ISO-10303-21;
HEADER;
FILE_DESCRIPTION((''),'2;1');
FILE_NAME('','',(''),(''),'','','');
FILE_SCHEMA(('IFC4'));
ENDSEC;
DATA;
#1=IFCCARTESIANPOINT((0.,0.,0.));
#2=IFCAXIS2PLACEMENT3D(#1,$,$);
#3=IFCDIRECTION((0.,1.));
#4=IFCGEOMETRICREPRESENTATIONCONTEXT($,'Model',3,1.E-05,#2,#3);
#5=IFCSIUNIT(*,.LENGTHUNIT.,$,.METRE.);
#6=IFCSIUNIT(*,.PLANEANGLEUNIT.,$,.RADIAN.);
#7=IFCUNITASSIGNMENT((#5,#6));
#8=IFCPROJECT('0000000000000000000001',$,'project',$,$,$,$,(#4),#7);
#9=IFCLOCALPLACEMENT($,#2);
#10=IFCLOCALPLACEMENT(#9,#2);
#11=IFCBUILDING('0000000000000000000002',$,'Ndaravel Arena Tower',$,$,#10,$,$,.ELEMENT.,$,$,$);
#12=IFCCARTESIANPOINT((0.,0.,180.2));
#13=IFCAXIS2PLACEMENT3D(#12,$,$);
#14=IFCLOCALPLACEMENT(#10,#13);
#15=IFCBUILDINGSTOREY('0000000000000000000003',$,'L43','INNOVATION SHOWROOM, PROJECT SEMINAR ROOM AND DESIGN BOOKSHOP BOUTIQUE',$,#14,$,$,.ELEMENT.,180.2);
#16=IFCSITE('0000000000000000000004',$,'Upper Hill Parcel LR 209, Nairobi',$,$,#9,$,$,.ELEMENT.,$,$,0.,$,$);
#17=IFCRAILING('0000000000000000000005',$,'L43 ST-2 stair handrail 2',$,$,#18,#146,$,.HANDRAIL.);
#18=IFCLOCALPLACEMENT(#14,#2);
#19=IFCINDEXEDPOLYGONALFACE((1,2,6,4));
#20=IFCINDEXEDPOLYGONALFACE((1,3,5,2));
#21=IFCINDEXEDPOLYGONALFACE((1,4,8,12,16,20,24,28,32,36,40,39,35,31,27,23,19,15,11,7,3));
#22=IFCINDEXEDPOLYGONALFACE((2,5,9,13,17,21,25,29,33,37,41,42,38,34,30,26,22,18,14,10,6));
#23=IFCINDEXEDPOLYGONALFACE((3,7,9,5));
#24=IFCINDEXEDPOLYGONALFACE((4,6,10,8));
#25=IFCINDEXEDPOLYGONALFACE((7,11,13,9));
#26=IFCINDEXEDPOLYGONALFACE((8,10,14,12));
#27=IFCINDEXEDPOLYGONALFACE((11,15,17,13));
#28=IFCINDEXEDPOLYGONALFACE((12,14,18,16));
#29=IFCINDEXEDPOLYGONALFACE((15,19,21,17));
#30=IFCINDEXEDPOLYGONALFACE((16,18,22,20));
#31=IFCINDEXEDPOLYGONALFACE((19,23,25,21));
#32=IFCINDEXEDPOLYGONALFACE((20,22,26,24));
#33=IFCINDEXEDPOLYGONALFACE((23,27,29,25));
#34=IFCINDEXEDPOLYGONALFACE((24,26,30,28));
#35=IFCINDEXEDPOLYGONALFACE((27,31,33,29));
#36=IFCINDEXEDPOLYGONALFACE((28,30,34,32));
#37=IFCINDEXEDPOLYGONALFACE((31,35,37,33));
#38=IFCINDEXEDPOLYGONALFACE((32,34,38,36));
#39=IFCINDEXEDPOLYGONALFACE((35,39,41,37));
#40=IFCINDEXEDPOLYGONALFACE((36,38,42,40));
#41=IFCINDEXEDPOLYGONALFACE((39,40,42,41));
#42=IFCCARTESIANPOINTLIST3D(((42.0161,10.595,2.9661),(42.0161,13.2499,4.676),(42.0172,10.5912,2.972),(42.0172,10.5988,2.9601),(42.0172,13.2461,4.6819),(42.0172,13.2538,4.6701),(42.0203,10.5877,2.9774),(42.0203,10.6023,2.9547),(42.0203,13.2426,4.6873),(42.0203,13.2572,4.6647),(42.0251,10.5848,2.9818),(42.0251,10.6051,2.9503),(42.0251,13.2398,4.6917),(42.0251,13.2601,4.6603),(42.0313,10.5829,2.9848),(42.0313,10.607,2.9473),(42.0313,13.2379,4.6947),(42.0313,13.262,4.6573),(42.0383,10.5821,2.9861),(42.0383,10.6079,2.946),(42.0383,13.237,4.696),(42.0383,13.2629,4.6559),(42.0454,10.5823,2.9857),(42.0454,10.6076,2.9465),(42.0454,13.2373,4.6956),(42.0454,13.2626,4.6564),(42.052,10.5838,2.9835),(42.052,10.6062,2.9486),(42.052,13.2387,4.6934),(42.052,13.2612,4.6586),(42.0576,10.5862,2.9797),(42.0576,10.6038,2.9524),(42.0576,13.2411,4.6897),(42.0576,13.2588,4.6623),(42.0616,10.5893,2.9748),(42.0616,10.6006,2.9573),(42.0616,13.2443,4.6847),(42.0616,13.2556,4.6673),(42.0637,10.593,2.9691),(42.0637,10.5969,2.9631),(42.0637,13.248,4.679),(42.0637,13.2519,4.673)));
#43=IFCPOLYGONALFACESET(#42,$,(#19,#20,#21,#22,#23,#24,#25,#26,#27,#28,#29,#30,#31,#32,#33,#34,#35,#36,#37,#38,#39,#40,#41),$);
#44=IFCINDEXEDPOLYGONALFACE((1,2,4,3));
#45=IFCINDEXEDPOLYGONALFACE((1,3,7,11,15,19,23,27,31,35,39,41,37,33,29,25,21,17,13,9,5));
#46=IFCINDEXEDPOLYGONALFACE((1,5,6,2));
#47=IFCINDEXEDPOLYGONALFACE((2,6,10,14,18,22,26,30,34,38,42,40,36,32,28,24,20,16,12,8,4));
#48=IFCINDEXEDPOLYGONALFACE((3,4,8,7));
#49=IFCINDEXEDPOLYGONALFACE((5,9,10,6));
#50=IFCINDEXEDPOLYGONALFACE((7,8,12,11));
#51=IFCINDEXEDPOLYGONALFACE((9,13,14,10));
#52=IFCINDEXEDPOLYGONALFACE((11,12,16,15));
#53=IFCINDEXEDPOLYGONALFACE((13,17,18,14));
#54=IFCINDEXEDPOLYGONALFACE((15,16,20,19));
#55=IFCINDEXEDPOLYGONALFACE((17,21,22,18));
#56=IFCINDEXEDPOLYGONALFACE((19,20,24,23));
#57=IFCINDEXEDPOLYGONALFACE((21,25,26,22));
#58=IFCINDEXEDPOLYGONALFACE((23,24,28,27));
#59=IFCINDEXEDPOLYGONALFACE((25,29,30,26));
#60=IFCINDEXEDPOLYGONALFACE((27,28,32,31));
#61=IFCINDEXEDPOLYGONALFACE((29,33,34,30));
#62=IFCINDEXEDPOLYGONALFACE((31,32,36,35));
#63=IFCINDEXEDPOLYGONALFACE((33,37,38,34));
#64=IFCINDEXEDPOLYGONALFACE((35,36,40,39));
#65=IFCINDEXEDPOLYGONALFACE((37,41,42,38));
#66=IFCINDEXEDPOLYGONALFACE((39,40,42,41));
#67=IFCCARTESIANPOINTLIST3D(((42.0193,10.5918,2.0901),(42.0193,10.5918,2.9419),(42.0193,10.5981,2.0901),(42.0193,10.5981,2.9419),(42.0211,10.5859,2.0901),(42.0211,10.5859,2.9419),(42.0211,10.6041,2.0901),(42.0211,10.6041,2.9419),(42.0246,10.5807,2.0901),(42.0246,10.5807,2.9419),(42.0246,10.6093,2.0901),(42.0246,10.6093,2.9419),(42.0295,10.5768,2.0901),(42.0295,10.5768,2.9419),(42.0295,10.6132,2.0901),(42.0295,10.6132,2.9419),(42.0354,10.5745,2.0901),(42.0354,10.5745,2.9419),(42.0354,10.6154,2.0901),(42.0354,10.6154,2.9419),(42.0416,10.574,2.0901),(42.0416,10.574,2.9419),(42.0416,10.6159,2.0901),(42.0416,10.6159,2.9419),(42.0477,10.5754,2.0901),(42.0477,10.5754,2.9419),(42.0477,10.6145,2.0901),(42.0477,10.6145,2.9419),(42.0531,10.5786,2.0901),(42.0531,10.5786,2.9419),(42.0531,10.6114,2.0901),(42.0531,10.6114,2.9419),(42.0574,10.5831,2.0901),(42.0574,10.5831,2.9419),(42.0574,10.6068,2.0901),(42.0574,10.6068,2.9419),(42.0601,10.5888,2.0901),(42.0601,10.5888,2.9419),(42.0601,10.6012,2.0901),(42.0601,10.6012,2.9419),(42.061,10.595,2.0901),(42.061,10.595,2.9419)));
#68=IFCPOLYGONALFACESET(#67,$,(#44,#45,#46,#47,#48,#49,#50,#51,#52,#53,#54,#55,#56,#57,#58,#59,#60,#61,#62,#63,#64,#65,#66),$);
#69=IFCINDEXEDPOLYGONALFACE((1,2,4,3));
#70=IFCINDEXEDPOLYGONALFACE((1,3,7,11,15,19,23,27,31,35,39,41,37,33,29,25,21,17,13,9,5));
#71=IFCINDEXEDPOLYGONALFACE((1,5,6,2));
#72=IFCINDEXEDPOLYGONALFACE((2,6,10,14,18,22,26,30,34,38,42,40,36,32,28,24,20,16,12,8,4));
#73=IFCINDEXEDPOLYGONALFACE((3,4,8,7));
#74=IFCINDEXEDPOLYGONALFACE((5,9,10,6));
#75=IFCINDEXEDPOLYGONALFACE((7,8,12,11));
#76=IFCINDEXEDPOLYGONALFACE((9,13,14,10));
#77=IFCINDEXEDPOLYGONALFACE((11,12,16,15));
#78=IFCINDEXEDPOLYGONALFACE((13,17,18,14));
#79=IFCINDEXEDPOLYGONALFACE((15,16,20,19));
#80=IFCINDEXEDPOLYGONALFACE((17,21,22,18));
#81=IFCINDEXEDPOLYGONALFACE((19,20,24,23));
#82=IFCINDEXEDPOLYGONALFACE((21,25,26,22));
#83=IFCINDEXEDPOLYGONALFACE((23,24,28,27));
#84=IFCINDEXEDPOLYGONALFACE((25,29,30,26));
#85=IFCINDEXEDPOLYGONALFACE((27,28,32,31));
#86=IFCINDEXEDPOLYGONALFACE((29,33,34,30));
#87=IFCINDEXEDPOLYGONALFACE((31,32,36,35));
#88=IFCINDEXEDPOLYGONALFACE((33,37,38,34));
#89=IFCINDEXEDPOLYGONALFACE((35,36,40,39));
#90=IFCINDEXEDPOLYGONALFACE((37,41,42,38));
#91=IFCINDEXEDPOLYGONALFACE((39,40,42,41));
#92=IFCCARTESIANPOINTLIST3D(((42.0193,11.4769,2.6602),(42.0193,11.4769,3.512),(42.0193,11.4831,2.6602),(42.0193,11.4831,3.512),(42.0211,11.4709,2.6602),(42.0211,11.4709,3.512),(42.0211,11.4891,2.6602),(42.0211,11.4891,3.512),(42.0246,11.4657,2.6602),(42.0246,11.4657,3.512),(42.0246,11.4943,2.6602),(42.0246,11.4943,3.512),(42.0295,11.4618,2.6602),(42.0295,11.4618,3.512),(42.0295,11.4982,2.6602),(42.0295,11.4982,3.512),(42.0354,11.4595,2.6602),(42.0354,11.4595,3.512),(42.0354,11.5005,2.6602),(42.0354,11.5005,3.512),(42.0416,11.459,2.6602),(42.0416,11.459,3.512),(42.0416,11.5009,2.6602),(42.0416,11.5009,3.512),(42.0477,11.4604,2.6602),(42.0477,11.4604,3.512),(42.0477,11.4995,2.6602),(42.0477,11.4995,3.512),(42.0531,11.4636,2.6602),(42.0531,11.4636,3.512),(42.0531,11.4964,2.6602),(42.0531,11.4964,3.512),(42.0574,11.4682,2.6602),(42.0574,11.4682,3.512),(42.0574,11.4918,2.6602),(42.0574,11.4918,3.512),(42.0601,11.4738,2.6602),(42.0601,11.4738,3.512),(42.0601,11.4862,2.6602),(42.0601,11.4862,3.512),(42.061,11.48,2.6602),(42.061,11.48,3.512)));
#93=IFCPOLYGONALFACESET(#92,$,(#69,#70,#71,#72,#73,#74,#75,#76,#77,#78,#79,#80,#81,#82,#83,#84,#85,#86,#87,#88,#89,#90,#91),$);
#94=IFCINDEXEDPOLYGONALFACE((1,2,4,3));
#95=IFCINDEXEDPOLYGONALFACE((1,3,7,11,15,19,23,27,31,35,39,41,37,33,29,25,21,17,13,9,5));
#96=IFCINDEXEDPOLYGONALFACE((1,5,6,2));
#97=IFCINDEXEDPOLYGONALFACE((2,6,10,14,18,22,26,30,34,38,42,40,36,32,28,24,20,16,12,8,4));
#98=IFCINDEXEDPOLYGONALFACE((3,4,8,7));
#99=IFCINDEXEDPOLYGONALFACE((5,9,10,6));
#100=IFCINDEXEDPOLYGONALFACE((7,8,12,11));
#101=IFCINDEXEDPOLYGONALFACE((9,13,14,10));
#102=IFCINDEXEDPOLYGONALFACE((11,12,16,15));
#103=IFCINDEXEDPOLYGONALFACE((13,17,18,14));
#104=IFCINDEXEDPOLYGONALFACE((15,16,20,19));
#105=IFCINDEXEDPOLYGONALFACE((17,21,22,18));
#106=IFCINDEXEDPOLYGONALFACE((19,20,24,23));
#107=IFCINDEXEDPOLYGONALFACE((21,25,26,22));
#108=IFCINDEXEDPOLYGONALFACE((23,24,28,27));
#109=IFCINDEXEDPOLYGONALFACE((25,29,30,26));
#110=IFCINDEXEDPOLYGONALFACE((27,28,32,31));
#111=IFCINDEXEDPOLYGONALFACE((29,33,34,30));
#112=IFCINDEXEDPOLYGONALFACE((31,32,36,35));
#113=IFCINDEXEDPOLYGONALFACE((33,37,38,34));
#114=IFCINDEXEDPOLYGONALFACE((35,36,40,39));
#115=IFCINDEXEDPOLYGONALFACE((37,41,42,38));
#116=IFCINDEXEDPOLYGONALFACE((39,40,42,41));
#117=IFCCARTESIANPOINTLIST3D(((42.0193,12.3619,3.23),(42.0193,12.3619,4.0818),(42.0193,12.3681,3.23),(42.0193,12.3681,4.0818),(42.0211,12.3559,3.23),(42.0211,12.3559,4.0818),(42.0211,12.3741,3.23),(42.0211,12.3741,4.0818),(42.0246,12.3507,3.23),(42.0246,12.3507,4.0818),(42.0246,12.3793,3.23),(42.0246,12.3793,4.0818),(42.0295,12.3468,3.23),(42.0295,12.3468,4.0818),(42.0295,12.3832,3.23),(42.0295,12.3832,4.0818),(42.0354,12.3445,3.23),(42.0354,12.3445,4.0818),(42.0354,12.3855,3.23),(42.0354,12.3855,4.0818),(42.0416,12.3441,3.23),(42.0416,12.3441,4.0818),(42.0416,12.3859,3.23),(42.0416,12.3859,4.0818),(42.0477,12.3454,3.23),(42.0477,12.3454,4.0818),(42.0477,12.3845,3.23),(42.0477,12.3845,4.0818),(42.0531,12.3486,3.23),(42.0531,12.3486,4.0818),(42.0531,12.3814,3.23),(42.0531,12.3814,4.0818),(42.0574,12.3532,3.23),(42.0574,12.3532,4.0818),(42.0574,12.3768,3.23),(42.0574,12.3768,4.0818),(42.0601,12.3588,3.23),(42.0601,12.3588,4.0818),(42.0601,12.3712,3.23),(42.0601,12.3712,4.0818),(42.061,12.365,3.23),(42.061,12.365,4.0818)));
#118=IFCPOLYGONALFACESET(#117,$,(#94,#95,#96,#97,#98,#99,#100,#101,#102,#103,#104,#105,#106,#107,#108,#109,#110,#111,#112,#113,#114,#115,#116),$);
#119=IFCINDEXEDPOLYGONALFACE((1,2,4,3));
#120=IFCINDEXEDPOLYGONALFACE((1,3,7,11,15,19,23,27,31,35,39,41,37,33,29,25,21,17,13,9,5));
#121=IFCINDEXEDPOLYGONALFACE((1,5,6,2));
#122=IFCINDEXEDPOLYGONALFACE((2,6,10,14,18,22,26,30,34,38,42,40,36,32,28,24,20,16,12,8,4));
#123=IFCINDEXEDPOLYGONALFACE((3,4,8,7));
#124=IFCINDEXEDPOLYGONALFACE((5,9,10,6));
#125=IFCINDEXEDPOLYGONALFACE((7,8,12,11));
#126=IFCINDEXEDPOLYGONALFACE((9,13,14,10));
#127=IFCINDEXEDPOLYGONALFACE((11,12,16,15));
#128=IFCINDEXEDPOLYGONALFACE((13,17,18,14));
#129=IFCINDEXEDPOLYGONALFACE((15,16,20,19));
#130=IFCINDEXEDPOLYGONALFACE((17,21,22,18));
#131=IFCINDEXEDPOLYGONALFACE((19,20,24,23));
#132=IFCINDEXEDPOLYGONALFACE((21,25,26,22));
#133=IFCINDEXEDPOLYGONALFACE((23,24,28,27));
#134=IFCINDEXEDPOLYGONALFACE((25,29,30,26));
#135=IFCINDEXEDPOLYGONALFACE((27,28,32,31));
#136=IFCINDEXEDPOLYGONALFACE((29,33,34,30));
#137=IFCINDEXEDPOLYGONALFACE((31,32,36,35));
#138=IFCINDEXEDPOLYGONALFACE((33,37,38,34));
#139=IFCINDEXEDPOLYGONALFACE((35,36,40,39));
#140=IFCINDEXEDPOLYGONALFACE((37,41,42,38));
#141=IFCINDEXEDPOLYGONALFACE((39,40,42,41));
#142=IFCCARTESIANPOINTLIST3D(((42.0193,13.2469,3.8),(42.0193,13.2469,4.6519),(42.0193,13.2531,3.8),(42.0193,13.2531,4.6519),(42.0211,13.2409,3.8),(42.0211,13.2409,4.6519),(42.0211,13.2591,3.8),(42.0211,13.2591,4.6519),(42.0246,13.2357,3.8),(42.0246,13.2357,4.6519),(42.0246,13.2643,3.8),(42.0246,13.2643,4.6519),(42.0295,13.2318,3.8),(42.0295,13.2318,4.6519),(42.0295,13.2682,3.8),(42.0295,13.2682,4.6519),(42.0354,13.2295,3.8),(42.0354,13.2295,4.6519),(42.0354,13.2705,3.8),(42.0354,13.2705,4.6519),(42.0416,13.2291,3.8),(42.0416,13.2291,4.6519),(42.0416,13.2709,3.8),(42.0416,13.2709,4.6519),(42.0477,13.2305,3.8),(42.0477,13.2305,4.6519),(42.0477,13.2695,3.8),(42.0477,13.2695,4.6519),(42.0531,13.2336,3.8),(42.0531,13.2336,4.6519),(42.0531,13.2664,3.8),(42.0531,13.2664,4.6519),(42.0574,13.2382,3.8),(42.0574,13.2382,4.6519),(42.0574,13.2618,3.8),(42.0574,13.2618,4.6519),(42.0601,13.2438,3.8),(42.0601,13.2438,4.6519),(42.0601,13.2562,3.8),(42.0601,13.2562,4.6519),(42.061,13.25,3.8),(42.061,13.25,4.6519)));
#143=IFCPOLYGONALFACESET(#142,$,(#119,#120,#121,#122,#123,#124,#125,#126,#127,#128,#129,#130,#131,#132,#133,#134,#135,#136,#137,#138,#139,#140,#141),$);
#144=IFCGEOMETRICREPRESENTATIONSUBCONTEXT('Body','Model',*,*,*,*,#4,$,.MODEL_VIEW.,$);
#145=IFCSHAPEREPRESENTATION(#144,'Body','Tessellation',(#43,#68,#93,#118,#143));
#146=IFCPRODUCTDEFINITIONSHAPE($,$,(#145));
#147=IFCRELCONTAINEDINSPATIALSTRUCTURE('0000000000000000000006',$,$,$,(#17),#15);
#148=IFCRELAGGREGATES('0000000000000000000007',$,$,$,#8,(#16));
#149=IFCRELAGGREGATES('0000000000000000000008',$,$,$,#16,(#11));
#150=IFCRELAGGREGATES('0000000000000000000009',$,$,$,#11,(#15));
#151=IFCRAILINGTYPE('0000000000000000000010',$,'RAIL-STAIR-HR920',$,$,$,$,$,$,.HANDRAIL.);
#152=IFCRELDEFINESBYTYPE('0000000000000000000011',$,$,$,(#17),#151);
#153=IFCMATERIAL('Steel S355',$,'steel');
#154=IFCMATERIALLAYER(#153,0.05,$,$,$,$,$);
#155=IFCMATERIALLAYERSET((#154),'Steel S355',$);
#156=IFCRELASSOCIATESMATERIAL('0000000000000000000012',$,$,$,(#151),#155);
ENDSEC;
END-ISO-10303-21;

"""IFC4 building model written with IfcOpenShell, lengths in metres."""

from ifc_helpers import new_model, si_unit, direction, frame, origin, origin_2d, place, context, subcontext, project, spatial, circle, extrude, material, layer, layer_set, type_object, element, save


model = new_model("IFC4")

# Units and contexts
model_context = context("Model", 3, precision=1e-05, world=origin(), true_north=direction((0.0, 1.0)))
body_context = subcontext(model_context, "Body", "Model", "MODEL_VIEW")
ifc_project = project(units=[si_unit("LENGTHUNIT", "METRE"), si_unit("PLANEANGLEUNIT", "RADIAN")], contexts=[model_context])

# Site, building, storey
site_placement = place(None, origin())
site = spatial("IfcSite", under=ifc_project, at=site_placement, Name="Upper Hill Parcel LR 209, Nairobi", CompositionType="ELEMENT", RefElevation=0.0)
building_placement = place(site_placement, origin())
building = spatial("IfcBuilding", under=site, at=building_placement, Name="Ndaravel Arena Tower", CompositionType="ELEMENT")
storey_placement = place(building_placement, frame((0.0, 0.0, 180.2)))
storey = spatial("IfcBuildingStorey", under=building, at=storey_placement, Name="L43", Description="INNOVATION SHOWROOM, PROJECT SEMINAR ROOM AND DESIGN BOOKSHOP BOUTIQUE", CompositionType="ELEMENT", Elevation=180.2)

# Railing
ifc_material_1 = material(Name="Steel S355", Category="steel")
ifc_layer_1 = layer(ifc_material_1, 0.05)
ifc_layer_set_1 = layer_set([ifc_layer_1], Name="Steel S355")
railing_type_1 = type_object("IfcRailingType", Name="RAIL-STAIR-HR920", PredefinedType="HANDRAIL", material=ifc_layer_set_1)
railing_1_placement = place(storey_placement, frame((42.04, 10.595, 2.0901)))
element("IfcRailing", 1, at=railing_1_placement, inside=storey, type_object=railing_type_1, Name="L43 ST-2 stair handrail 2", PredefinedType="HANDRAIL", context=body_context, shape_type="SweptSolid", body=[
    extrude(circle(Radius=0.0239, at=origin_2d()), frame((0.0, 0.0, 0.876), z_axis=(0.0, 0.840724, 0.541465), x_axis=(-1.0, 0.0, 0.0)), (0.0, 0.0, 1.0), 3.158),
    extrude(circle(Radius=0.021, at=origin_2d()), origin(), (0.0, 0.0, 1.0), 0.8518),
    extrude(circle(Radius=0.021, at=origin_2d()), frame((0.0, 0.885, 0.5701)), (0.0, 0.0, 1.0), 0.8518),
    extrude(circle(Radius=0.021, at=origin_2d()), frame((0.0, 1.77, 1.1399)), (0.0, 0.0, 1.0), 0.8518),
    extrude(circle(Radius=0.021, at=origin_2d()), frame((0.0, 2.655, 1.71)), (0.0, 0.0, 1.0), 0.8518),
])

save(model, "model.ifc")
